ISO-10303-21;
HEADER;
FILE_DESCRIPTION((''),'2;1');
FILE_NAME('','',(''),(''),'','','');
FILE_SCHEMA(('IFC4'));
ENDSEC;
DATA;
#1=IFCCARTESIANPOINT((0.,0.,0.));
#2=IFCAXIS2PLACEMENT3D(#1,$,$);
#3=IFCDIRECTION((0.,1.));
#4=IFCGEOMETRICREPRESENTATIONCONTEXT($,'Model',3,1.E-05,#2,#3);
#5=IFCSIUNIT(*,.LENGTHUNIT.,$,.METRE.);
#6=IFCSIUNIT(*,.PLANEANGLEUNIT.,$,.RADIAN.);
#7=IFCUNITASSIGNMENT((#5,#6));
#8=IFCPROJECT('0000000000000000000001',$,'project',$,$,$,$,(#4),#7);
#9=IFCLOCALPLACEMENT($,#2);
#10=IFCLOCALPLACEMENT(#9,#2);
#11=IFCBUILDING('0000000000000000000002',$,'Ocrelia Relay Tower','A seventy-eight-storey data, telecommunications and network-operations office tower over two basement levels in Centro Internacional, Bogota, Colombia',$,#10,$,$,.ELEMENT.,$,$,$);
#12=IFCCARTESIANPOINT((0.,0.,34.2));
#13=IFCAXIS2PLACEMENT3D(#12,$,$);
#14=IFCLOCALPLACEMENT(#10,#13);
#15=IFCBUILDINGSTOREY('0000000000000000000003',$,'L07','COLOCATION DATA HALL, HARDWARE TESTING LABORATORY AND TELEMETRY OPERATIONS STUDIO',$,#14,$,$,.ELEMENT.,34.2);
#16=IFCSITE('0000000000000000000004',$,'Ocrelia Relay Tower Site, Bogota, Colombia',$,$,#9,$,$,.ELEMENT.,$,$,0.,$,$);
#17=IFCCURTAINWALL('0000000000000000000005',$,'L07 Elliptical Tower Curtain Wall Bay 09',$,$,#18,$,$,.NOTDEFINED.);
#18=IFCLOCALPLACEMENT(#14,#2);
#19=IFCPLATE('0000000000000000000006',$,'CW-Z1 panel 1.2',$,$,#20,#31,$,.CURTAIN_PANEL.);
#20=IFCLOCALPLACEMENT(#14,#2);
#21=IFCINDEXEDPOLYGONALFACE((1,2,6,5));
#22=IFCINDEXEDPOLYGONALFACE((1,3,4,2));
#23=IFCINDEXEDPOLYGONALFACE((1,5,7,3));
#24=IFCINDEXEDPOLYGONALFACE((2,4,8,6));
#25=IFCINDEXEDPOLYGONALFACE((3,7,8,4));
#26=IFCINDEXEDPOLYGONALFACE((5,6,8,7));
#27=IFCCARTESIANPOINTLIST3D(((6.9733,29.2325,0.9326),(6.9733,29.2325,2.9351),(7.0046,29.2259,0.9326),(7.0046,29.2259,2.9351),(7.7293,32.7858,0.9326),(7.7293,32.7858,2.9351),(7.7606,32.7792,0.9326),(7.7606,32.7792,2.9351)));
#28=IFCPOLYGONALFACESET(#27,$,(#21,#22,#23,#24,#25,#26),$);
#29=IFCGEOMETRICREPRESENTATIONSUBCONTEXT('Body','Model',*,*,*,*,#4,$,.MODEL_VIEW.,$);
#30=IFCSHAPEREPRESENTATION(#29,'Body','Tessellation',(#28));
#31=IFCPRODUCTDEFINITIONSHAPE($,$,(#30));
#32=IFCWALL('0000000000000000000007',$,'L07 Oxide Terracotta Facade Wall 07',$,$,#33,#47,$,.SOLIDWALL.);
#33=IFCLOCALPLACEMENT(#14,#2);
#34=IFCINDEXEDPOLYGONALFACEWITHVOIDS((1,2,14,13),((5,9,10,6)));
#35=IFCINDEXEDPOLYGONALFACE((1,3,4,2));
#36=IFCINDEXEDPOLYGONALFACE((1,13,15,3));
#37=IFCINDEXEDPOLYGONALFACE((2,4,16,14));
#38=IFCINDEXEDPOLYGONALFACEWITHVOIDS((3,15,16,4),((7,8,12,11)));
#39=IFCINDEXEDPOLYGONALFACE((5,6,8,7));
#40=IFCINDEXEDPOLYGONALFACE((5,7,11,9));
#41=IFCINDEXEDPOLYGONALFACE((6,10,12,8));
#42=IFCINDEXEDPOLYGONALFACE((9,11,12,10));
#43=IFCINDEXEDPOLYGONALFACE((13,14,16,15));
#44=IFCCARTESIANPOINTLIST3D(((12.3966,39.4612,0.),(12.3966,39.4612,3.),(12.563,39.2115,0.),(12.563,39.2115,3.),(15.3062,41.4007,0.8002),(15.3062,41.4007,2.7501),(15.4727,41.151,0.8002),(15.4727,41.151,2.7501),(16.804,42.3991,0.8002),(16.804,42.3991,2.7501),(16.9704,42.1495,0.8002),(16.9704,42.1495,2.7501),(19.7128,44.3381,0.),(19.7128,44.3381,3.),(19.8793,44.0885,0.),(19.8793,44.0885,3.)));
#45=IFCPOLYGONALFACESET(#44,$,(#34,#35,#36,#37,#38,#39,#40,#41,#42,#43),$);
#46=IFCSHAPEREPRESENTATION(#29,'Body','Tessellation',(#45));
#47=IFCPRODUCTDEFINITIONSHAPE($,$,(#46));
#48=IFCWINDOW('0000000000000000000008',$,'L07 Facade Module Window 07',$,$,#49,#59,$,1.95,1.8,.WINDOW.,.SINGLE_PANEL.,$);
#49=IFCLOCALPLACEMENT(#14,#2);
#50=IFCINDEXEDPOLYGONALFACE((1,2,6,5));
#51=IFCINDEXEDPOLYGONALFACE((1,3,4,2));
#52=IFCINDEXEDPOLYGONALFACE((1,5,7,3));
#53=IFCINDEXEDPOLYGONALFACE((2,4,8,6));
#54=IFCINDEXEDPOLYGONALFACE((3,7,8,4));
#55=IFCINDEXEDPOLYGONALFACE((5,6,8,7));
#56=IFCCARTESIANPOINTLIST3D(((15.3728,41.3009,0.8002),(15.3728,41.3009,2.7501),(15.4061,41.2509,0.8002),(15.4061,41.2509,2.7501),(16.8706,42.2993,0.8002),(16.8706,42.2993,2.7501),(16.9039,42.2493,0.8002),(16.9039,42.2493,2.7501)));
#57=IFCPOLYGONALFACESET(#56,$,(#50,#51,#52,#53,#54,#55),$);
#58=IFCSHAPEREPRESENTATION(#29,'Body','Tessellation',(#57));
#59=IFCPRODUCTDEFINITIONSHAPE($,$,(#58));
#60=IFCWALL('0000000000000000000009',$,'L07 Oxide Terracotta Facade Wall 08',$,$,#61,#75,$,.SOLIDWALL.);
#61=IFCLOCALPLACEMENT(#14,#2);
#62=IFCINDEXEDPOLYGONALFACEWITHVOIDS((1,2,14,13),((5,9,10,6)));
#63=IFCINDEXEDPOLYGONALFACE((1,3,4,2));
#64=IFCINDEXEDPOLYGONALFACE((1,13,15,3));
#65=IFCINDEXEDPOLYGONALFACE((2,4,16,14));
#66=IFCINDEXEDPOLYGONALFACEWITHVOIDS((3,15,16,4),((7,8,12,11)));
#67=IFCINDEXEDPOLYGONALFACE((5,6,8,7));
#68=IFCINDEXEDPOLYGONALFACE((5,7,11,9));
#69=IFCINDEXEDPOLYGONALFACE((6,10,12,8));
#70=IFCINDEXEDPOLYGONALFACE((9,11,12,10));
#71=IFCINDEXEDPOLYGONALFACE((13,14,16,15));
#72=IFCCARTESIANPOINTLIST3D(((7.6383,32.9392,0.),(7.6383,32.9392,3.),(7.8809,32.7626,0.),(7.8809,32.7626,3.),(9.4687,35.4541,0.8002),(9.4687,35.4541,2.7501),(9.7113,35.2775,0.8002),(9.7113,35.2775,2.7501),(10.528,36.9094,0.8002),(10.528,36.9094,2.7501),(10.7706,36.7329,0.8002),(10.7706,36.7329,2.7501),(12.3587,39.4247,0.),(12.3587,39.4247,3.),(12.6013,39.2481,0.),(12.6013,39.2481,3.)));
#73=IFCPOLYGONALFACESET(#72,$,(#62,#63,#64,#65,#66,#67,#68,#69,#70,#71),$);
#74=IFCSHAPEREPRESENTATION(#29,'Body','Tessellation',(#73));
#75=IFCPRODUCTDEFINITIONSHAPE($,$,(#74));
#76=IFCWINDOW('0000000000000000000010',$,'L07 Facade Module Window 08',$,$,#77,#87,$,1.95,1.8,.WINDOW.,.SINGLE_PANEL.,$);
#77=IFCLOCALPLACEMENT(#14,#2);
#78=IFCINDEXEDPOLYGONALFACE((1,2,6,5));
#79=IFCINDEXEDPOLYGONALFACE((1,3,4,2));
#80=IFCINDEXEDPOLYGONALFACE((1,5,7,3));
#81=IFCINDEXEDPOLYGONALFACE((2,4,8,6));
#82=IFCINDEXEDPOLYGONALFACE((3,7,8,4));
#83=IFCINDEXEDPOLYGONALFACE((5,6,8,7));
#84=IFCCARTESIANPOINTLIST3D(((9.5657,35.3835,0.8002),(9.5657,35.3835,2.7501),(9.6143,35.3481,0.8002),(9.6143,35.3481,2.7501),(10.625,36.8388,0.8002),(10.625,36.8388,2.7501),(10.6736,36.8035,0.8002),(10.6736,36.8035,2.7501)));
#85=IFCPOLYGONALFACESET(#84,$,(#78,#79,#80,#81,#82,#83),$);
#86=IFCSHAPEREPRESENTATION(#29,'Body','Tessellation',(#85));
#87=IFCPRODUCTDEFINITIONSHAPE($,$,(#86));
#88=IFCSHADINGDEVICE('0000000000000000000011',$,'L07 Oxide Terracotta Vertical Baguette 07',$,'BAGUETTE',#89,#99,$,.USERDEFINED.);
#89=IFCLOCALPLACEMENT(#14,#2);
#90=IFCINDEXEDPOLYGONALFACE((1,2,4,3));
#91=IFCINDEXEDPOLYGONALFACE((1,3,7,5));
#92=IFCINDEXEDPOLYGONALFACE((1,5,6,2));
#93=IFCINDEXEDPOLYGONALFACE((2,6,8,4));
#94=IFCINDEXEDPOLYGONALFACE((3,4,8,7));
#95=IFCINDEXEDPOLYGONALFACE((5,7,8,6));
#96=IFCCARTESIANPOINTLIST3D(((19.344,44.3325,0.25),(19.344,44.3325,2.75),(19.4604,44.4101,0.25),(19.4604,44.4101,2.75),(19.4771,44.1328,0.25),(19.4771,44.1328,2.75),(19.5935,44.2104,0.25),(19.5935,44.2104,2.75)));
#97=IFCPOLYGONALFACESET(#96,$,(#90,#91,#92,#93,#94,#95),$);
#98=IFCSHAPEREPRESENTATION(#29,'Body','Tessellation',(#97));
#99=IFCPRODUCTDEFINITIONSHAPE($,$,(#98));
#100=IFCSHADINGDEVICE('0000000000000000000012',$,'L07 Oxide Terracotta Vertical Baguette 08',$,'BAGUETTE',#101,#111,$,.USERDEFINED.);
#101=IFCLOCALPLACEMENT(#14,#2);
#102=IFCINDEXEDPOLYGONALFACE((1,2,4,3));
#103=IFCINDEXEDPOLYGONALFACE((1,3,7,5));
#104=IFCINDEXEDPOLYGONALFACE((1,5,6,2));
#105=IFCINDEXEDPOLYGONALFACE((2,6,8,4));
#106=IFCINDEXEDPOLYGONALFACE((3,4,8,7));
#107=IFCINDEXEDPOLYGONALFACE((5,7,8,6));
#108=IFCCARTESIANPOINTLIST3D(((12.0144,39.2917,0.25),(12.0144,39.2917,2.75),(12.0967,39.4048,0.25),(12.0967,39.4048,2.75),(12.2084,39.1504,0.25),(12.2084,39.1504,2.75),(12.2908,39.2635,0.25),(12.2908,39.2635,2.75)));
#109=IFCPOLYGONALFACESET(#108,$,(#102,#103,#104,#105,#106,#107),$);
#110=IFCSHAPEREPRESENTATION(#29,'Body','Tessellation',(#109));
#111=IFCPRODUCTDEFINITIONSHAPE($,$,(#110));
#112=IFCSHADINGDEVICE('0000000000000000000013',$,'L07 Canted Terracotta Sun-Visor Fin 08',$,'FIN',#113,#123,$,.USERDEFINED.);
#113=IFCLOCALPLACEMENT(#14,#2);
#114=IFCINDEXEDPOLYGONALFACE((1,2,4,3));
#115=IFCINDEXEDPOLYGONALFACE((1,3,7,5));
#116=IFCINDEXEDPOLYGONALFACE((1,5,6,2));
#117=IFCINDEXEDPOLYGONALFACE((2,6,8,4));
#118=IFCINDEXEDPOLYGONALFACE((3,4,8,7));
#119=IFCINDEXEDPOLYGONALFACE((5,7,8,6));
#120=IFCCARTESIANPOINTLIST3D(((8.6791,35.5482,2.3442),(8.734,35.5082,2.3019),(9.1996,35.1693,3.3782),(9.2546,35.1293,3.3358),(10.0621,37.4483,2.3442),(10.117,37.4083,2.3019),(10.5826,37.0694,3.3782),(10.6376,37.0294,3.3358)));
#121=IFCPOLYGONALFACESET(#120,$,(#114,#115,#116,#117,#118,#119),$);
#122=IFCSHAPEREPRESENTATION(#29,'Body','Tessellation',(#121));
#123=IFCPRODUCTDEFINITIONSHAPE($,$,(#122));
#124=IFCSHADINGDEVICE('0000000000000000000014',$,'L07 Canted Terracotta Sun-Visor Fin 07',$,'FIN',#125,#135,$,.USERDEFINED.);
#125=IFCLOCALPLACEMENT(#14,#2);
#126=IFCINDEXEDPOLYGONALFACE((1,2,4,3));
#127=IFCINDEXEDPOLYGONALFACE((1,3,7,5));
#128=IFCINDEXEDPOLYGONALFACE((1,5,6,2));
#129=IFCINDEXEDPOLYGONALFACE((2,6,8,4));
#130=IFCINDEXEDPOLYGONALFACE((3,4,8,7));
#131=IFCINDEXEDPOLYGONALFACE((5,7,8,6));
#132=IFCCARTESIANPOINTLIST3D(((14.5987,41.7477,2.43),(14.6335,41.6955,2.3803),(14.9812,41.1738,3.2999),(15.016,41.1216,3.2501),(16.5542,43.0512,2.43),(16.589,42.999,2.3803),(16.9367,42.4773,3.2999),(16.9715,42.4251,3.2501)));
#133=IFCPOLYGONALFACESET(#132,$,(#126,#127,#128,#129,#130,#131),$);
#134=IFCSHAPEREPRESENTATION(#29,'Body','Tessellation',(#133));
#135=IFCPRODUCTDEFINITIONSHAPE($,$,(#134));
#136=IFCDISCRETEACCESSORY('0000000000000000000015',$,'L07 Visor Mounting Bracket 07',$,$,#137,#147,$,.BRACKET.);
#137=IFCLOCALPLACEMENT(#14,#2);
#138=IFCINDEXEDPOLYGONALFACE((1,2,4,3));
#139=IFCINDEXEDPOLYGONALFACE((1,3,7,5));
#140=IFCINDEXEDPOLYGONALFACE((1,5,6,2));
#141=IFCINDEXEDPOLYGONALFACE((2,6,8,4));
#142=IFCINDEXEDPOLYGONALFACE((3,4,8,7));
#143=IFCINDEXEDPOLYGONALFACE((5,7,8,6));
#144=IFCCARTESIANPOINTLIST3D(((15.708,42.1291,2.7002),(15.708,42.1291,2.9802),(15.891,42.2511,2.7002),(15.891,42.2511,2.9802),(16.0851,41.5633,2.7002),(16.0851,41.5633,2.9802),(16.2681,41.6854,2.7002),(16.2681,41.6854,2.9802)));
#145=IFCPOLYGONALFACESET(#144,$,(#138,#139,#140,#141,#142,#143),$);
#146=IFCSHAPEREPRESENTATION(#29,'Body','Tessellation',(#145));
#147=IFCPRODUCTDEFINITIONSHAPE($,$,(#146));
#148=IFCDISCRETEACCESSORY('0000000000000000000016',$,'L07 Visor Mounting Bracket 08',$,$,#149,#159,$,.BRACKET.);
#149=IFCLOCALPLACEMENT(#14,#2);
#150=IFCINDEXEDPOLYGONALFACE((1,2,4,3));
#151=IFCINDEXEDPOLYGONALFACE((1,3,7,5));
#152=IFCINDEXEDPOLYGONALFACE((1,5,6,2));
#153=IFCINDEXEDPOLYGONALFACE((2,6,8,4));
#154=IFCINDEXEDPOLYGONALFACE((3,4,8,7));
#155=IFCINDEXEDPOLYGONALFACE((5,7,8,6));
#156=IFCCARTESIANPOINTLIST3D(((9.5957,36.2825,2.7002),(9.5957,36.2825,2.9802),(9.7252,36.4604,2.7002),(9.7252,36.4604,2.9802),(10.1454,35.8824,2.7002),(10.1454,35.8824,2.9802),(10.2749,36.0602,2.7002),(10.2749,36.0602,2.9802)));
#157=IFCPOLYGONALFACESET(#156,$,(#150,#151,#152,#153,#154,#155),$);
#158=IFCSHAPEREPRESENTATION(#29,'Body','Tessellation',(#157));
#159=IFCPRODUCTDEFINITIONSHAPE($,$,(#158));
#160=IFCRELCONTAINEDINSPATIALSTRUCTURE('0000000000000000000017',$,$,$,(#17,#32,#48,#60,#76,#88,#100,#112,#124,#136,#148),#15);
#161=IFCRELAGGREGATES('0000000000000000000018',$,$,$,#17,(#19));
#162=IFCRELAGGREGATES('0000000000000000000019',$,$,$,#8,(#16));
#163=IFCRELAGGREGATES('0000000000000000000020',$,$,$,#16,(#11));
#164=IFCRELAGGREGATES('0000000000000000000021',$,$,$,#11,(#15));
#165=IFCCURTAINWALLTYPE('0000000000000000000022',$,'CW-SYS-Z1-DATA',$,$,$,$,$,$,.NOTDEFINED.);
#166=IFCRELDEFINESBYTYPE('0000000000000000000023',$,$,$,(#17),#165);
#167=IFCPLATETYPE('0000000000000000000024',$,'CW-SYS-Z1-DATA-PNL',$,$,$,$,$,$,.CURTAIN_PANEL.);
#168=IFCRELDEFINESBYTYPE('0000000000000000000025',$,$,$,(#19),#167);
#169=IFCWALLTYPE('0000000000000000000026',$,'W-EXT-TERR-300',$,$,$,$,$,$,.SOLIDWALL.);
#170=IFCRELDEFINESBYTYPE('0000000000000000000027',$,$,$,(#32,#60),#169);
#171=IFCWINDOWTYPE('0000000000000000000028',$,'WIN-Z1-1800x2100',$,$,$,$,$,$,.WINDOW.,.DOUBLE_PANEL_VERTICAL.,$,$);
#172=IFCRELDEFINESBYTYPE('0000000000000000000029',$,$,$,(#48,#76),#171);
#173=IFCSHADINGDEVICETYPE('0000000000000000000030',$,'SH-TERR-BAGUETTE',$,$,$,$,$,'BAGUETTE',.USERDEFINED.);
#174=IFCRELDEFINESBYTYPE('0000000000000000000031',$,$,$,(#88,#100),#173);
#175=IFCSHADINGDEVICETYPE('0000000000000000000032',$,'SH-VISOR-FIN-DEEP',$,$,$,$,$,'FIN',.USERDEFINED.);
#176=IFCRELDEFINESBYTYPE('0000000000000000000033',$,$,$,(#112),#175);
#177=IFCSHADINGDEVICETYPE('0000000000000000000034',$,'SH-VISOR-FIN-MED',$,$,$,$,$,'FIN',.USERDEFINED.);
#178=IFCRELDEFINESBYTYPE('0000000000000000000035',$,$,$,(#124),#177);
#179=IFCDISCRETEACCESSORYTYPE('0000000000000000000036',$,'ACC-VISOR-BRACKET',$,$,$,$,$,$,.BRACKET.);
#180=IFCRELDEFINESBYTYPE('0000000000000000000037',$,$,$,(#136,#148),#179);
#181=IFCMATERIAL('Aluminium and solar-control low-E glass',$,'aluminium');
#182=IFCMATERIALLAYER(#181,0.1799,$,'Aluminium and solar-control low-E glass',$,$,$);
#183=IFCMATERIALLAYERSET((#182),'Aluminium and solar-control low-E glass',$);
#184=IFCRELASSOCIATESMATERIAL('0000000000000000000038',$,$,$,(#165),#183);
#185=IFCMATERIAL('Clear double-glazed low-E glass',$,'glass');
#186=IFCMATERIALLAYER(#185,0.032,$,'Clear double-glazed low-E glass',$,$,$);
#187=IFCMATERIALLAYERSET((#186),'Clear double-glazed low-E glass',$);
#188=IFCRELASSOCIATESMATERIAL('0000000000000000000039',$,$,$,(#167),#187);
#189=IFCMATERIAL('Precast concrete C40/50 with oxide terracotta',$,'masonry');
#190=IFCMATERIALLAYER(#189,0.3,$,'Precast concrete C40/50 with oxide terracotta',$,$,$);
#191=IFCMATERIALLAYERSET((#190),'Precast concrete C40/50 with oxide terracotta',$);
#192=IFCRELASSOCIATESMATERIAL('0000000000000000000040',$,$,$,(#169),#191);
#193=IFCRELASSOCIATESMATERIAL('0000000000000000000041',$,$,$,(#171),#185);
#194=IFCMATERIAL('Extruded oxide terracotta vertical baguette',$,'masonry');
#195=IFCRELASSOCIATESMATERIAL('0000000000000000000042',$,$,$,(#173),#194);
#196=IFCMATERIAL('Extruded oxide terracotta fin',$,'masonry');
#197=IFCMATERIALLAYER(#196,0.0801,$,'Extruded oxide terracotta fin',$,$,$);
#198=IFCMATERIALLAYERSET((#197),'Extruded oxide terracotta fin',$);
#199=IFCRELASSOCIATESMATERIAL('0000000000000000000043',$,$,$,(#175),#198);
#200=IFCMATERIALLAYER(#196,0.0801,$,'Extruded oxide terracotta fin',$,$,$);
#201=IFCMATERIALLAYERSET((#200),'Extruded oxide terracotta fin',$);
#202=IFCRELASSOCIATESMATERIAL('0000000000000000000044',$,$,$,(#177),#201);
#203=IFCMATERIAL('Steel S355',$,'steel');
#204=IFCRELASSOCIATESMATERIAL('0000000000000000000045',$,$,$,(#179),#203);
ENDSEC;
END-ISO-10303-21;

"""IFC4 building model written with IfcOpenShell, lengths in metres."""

from ifc_helpers import new_model, si_unit, direction, frame, frame_2d, origin, origin_2d, place, context, subcontext, project, spatial, rectangle, extrude, material, layer, layer_set, type_object, element, fill, aggregate, save


model = new_model("IFC4")

# Units and contexts
model_context = context("Model", 3, precision=1e-05, world=origin(), true_north=direction((0.0, 1.0)))
body_context = subcontext(model_context, "Body", "Model", "MODEL_VIEW")
ifc_project = project(units=[si_unit("LENGTHUNIT", "METRE"), si_unit("PLANEANGLEUNIT", "RADIAN")], contexts=[model_context])

# Site, building, storey
site_placement = place(None, origin())
site = spatial("IfcSite", under=ifc_project, at=site_placement, Name="Ocrelia Relay Tower Site, Bogota, Colombia", CompositionType="ELEMENT", RefElevation=0.0)
building_placement = place(site_placement, origin())
building = spatial("IfcBuilding", under=site, at=building_placement, Name="Ocrelia Relay Tower", Description="A seventy-eight-storey data, telecommunications and network-operations office tower over two basement levels in Centro Internacional, Bogota, Colombia", CompositionType="ELEMENT")
storey_placement = place(building_placement, frame((0.0, 0.0, 34.2)))
storey = spatial("IfcBuildingStorey", under=building, at=storey_placement, Name="L07", Description="COLOCATION DATA HALL, HARDWARE TESTING LABORATORY AND TELEMETRY OPERATIONS STUDIO", CompositionType="ELEMENT", Elevation=34.2)

# Shared definitions
ifc_material_1 = material(Name="Steel S355", Category="steel")

# Curtain wall, plate
ifc_material_2 = material(Name="Aluminium and solar-control low-E glass", Category="aluminium")
ifc_layer_1 = layer(ifc_material_2, 0.1799, Name="Aluminium and solar-control low-E glass")
ifc_layer_set_1 = layer_set([ifc_layer_1], Name="Aluminium and solar-control low-E glass")
curtain_wall_type = type_object("IfcCurtainWallType", Name="CW-SYS-Z1-DATA", PredefinedType="NOTDEFINED", material=ifc_layer_set_1)
curtain_wall_placement = place(storey_placement, origin())
curtain_wall = element("IfcCurtainWall", 1, at=curtain_wall_placement, inside=storey, type_object=curtain_wall_type, Name="L07 Elliptical Tower Curtain Wall Bay 09", PredefinedType="NOTDEFINED")
ifc_material_3 = material(Name="Clear double-glazed low-E glass", Category="glass")
ifc_layer_2 = layer(ifc_material_3, 0.032, Name="Clear double-glazed low-E glass")
ifc_layer_set_2 = layer_set([ifc_layer_2], Name="Clear double-glazed low-E glass")
plate_type = type_object("IfcPlateType", Name="CW-SYS-Z1-DATA-PNL", PredefinedType="CURTAIN_PANEL", material=ifc_layer_set_2)
plate_1_placement = place(storey_placement, frame((7.3669, 31.0059, 0.9326), z_axis=(0.0, 0.0, 1.0), x_axis=(-0.208095, -0.978109, 0.0)))
plate_1 = element("IfcPlate", 2, at=plate_1_placement, type_object=plate_type, Name="CW-Z1 panel 1.2", PredefinedType="CURTAIN_PANEL", context=body_context, shape_type="SweptSolid", body=[
    extrude(rectangle(XDim=3.6328, YDim=0.032, at=origin_2d()), origin(), (0.0, 0.0, 1.0), 2.0024),
])
aggregate(curtain_wall, [plate_1])

# Walls, openings, windows
ifc_material_4 = material(Name="Precast concrete C40/50 with oxide terracotta", Category="masonry")
ifc_layer_3 = layer(ifc_material_4, 0.3, Name="Precast concrete C40/50 with oxide terracotta")
ifc_layer_set_3 = layer_set([ifc_layer_3], Name="Precast concrete C40/50 with oxide terracotta")
wall_type = type_object("IfcWallType", Name="W-EXT-TERR-300", PredefinedType="SOLIDWALL", material=ifc_layer_set_3)
wall_1_placement = place(storey_placement, frame((19.7961, 44.2134, 0.0), z_axis=(0.0, 0.0, 1.0), x_axis=(-0.832076, -0.554662, 0.0)))
wall_1 = element("IfcWall", 3, at=wall_1_placement, inside=storey, type_object=wall_type, Name="L07 Oxide Terracotta Facade Wall 07", PredefinedType="SOLIDWALL", context=body_context, shape_type="SweptSolid", body=[
    extrude(rectangle(XDim=8.7927, YDim=0.3, at=frame_2d((4.3965, 0.0))), origin(), (0.0, 0.0, 1.0), 3.0),
])
opening_1_placement = place(wall_1_placement, frame((3.4961, 0.0, 0.8)))
opening_1 = element("IfcOpeningElement", 4, at=opening_1_placement, cuts=wall_1, PredefinedType="OPENING", context=body_context, shape_type="SweptSolid", body=[
    extrude(rectangle(XDim=1.8, YDim=1.95, at=frame_2d((0.8999, 0.9751))), frame((0.0, 0.1602, 0.0), z_axis=(0.0, -1.0, 0.0), x_axis=(1.0, 0.0, 0.0)), (0.0, 0.0, 1.0), 0.3201),
])
window_type = type_object("IfcWindowType", Name="WIN-Z1-1800x2100", PartitioningType="DOUBLE_PANEL_VERTICAL", PredefinedType="WINDOW", material=ifc_material_3)
window_1_placement = place(opening_1_placement, origin())
window_1 = element("IfcWindow", 5, at=window_1_placement, inside=storey, type_object=window_type, Name="L07 Facade Module Window 07", OverallHeight=1.95, OverallWidth=1.8, PartitioningType="SINGLE_PANEL", PredefinedType="WINDOW", context=body_context, shape_type="SweptSolid", body=[
    extrude(rectangle(XDim=1.8, YDim=1.95, at=frame_2d((0.8999, 0.9751))), frame((0.0, 0.03, 0.0), z_axis=(0.0, -1.0, 0.0), x_axis=(1.0, 0.0, 0.0)), (0.0, 0.0, 1.0), 0.0601),
])
fill(opening_1, window_1)
wall_2_placement = place(storey_placement, frame((12.48, 39.3364, 0.0), z_axis=(0.0, 0.0, 1.0), x_axis=(-0.58847, -0.808519, 0.0)))
wall_2 = element("IfcWall", 6, at=wall_2_placement, inside=storey, type_object=wall_type, Name="L07 Oxide Terracotta Facade Wall 08", PredefinedType="SOLIDWALL", context=body_context, shape_type="SweptSolid", body=[
    extrude(rectangle(XDim=8.0215, YDim=0.3, at=frame_2d((4.0107, 0.0))), origin(), (0.0, 0.0, 1.0), 3.0),
])
opening_2_placement = place(wall_2_placement, frame((3.1111, 0.0, 0.8)))
opening_2 = element("IfcOpeningElement", 7, at=opening_2_placement, cuts=wall_2, PredefinedType="OPENING", context=body_context, shape_type="SweptSolid", body=[
    extrude(rectangle(XDim=1.8, YDim=1.95, at=frame_2d((0.8999, 0.9751))), frame((0.0, 0.1602, 0.0), z_axis=(0.0, -1.0, 0.0), x_axis=(1.0, 0.0, 0.0)), (0.0, 0.0, 1.0), 0.3201),
])
window_2_placement = place(opening_2_placement, origin())
window_2 = element("IfcWindow", 8, at=window_2_placement, inside=storey, type_object=window_type, Name="L07 Facade Module Window 08", OverallHeight=1.95, OverallWidth=1.8, PartitioningType="SINGLE_PANEL", PredefinedType="WINDOW", context=body_context, shape_type="SweptSolid", body=[
    extrude(rectangle(XDim=1.8, YDim=1.95, at=frame_2d((0.8999, 0.9751))), frame((0.0, 0.03, 0.0), z_axis=(0.0, -1.0, 0.0), x_axis=(1.0, 0.0, 0.0)), (0.0, 0.0, 1.0), 0.0601),
])
fill(opening_2, window_2)

# Shading devices
ifc_material_5 = material(Name="Extruded oxide terracotta vertical baguette", Category="masonry")
shading_device_type_1 = type_object("IfcShadingDeviceType", Name="SH-TERR-BAGUETTE", ElementType="BAGUETTE", PredefinedType="USERDEFINED", material=ifc_material_5)
for number, where, z_axis, x_axis, name in (
    (9, (19.4688, 44.2715, 0.25), (0.0, 0.0, 1.0), (-0.83208, -0.554656, 0.0), "L07 Oxide Terracotta Vertical Baguette 07"),
    (10, (12.1526, 39.2776, 0.25), (0.0, 0.0, 1.0), (-0.588479, -0.808512, 0.0), "L07 Oxide Terracotta Vertical Baguette 08"),
):
    element("IfcShadingDevice", number, at=place(storey_placement, frame(where, z_axis=z_axis, x_axis=x_axis)), inside=storey, type_object=shading_device_type_1, Name=name, ObjectType="BAGUETTE", PredefinedType="USERDEFINED", context=body_context, shape_type="SweptSolid", body=[
        extrude(rectangle(XDim=0.1399, YDim=0.24, at=origin_2d()), origin(), (0.0, 0.0, 1.0), 2.5),
    ])
ifc_material_6 = material(Name="Extruded oxide terracotta fin", Category="masonry")
ifc_layer_4 = layer(ifc_material_6, 0.0801, Name="Extruded oxide terracotta fin")
ifc_layer_set_4 = layer_set([ifc_layer_4], Name="Extruded oxide terracotta fin")
shading_device_type_2 = type_object("IfcShadingDeviceType", Name="SH-VISOR-FIN-DEEP", ElementType="FIN", PredefinedType="USERDEFINED", material=ifc_layer_set_4)
shading_device_1_placement = place(storey_placement, frame((9.6858, 36.2688, 2.8188), z_axis=(-0.686329, 0.499548, 0.528587), x_axis=(-0.588479, -0.808512, 0.0)))
element("IfcShadingDevice", 11, at=shading_device_1_placement, inside=storey, type_object=shading_device_type_2, Name="L07 Canted Terracotta Sun-Visor Fin 08", ObjectType="FIN", PredefinedType="USERDEFINED", context=body_context, shape_type="SweptSolid", body=[
    extrude(rectangle(XDim=2.3501, YDim=1.218, at=origin_2d()), origin(), (0.0, 0.0, 1.0), 0.0801),
])
ifc_layer_5 = layer(ifc_material_6, 0.0801, Name="Extruded oxide terracotta fin")
ifc_layer_set_5 = layer_set([ifc_layer_5], Name="Extruded oxide terracotta fin")
shading_device_type_3 = type_object("IfcShadingDeviceType", Name="SH-VISOR-FIN-MED", ElementType="FIN", PredefinedType="USERDEFINED", material=ifc_layer_set_5)
shading_device_2_placement = place(storey_placement, frame((15.8025, 42.0603, 2.8152), z_axis=(-0.43462, 0.652005, 0.621285), x_axis=(-0.83208, -0.554656, 0.0)))
element("IfcShadingDevice", 12, at=shading_device_2_placement, inside=storey, type_object=shading_device_type_3, Name="L07 Canted Terracotta Sun-Visor Fin 07", ObjectType="FIN", PredefinedType="USERDEFINED", context=body_context, shape_type="SweptSolid", body=[
    extrude(rectangle(XDim=2.3501, YDim=1.1101, at=origin_2d()), origin(), (0.0, 0.0, 1.0), 0.0801),
])

# Discrete accessories
discrete_accessory_type = type_object("IfcDiscreteAccessoryType", Name="ACC-VISOR-BRACKET", PredefinedType="BRACKET", material=ifc_material_1)
for number, where, z_axis, x_axis, name in (
    (13, (15.988, 41.9072, 2.7002), (0.0, 0.0, 1.0), (-0.83208, -0.554656, 0.0), "L07 Visor Mounting Bracket 07"),
    (14, (9.9353, 36.1714, 2.7002), (0.0, 0.0, 1.0), (-0.588479, -0.808512, 0.0), "L07 Visor Mounting Bracket 08"),
):
    element("IfcDiscreteAccessory", number, at=place(storey_placement, frame(where, z_axis=z_axis, x_axis=x_axis)), inside=storey, type_object=discrete_accessory_type, Name=name, PredefinedType="BRACKET", context=body_context, shape_type="SweptSolid", body=[
        extrude(rectangle(XDim=0.22, YDim=0.6799, at=origin_2d()), origin(), (0.0, 0.0, 1.0), 0.28),
    ])

save(model, "model.ifc")
